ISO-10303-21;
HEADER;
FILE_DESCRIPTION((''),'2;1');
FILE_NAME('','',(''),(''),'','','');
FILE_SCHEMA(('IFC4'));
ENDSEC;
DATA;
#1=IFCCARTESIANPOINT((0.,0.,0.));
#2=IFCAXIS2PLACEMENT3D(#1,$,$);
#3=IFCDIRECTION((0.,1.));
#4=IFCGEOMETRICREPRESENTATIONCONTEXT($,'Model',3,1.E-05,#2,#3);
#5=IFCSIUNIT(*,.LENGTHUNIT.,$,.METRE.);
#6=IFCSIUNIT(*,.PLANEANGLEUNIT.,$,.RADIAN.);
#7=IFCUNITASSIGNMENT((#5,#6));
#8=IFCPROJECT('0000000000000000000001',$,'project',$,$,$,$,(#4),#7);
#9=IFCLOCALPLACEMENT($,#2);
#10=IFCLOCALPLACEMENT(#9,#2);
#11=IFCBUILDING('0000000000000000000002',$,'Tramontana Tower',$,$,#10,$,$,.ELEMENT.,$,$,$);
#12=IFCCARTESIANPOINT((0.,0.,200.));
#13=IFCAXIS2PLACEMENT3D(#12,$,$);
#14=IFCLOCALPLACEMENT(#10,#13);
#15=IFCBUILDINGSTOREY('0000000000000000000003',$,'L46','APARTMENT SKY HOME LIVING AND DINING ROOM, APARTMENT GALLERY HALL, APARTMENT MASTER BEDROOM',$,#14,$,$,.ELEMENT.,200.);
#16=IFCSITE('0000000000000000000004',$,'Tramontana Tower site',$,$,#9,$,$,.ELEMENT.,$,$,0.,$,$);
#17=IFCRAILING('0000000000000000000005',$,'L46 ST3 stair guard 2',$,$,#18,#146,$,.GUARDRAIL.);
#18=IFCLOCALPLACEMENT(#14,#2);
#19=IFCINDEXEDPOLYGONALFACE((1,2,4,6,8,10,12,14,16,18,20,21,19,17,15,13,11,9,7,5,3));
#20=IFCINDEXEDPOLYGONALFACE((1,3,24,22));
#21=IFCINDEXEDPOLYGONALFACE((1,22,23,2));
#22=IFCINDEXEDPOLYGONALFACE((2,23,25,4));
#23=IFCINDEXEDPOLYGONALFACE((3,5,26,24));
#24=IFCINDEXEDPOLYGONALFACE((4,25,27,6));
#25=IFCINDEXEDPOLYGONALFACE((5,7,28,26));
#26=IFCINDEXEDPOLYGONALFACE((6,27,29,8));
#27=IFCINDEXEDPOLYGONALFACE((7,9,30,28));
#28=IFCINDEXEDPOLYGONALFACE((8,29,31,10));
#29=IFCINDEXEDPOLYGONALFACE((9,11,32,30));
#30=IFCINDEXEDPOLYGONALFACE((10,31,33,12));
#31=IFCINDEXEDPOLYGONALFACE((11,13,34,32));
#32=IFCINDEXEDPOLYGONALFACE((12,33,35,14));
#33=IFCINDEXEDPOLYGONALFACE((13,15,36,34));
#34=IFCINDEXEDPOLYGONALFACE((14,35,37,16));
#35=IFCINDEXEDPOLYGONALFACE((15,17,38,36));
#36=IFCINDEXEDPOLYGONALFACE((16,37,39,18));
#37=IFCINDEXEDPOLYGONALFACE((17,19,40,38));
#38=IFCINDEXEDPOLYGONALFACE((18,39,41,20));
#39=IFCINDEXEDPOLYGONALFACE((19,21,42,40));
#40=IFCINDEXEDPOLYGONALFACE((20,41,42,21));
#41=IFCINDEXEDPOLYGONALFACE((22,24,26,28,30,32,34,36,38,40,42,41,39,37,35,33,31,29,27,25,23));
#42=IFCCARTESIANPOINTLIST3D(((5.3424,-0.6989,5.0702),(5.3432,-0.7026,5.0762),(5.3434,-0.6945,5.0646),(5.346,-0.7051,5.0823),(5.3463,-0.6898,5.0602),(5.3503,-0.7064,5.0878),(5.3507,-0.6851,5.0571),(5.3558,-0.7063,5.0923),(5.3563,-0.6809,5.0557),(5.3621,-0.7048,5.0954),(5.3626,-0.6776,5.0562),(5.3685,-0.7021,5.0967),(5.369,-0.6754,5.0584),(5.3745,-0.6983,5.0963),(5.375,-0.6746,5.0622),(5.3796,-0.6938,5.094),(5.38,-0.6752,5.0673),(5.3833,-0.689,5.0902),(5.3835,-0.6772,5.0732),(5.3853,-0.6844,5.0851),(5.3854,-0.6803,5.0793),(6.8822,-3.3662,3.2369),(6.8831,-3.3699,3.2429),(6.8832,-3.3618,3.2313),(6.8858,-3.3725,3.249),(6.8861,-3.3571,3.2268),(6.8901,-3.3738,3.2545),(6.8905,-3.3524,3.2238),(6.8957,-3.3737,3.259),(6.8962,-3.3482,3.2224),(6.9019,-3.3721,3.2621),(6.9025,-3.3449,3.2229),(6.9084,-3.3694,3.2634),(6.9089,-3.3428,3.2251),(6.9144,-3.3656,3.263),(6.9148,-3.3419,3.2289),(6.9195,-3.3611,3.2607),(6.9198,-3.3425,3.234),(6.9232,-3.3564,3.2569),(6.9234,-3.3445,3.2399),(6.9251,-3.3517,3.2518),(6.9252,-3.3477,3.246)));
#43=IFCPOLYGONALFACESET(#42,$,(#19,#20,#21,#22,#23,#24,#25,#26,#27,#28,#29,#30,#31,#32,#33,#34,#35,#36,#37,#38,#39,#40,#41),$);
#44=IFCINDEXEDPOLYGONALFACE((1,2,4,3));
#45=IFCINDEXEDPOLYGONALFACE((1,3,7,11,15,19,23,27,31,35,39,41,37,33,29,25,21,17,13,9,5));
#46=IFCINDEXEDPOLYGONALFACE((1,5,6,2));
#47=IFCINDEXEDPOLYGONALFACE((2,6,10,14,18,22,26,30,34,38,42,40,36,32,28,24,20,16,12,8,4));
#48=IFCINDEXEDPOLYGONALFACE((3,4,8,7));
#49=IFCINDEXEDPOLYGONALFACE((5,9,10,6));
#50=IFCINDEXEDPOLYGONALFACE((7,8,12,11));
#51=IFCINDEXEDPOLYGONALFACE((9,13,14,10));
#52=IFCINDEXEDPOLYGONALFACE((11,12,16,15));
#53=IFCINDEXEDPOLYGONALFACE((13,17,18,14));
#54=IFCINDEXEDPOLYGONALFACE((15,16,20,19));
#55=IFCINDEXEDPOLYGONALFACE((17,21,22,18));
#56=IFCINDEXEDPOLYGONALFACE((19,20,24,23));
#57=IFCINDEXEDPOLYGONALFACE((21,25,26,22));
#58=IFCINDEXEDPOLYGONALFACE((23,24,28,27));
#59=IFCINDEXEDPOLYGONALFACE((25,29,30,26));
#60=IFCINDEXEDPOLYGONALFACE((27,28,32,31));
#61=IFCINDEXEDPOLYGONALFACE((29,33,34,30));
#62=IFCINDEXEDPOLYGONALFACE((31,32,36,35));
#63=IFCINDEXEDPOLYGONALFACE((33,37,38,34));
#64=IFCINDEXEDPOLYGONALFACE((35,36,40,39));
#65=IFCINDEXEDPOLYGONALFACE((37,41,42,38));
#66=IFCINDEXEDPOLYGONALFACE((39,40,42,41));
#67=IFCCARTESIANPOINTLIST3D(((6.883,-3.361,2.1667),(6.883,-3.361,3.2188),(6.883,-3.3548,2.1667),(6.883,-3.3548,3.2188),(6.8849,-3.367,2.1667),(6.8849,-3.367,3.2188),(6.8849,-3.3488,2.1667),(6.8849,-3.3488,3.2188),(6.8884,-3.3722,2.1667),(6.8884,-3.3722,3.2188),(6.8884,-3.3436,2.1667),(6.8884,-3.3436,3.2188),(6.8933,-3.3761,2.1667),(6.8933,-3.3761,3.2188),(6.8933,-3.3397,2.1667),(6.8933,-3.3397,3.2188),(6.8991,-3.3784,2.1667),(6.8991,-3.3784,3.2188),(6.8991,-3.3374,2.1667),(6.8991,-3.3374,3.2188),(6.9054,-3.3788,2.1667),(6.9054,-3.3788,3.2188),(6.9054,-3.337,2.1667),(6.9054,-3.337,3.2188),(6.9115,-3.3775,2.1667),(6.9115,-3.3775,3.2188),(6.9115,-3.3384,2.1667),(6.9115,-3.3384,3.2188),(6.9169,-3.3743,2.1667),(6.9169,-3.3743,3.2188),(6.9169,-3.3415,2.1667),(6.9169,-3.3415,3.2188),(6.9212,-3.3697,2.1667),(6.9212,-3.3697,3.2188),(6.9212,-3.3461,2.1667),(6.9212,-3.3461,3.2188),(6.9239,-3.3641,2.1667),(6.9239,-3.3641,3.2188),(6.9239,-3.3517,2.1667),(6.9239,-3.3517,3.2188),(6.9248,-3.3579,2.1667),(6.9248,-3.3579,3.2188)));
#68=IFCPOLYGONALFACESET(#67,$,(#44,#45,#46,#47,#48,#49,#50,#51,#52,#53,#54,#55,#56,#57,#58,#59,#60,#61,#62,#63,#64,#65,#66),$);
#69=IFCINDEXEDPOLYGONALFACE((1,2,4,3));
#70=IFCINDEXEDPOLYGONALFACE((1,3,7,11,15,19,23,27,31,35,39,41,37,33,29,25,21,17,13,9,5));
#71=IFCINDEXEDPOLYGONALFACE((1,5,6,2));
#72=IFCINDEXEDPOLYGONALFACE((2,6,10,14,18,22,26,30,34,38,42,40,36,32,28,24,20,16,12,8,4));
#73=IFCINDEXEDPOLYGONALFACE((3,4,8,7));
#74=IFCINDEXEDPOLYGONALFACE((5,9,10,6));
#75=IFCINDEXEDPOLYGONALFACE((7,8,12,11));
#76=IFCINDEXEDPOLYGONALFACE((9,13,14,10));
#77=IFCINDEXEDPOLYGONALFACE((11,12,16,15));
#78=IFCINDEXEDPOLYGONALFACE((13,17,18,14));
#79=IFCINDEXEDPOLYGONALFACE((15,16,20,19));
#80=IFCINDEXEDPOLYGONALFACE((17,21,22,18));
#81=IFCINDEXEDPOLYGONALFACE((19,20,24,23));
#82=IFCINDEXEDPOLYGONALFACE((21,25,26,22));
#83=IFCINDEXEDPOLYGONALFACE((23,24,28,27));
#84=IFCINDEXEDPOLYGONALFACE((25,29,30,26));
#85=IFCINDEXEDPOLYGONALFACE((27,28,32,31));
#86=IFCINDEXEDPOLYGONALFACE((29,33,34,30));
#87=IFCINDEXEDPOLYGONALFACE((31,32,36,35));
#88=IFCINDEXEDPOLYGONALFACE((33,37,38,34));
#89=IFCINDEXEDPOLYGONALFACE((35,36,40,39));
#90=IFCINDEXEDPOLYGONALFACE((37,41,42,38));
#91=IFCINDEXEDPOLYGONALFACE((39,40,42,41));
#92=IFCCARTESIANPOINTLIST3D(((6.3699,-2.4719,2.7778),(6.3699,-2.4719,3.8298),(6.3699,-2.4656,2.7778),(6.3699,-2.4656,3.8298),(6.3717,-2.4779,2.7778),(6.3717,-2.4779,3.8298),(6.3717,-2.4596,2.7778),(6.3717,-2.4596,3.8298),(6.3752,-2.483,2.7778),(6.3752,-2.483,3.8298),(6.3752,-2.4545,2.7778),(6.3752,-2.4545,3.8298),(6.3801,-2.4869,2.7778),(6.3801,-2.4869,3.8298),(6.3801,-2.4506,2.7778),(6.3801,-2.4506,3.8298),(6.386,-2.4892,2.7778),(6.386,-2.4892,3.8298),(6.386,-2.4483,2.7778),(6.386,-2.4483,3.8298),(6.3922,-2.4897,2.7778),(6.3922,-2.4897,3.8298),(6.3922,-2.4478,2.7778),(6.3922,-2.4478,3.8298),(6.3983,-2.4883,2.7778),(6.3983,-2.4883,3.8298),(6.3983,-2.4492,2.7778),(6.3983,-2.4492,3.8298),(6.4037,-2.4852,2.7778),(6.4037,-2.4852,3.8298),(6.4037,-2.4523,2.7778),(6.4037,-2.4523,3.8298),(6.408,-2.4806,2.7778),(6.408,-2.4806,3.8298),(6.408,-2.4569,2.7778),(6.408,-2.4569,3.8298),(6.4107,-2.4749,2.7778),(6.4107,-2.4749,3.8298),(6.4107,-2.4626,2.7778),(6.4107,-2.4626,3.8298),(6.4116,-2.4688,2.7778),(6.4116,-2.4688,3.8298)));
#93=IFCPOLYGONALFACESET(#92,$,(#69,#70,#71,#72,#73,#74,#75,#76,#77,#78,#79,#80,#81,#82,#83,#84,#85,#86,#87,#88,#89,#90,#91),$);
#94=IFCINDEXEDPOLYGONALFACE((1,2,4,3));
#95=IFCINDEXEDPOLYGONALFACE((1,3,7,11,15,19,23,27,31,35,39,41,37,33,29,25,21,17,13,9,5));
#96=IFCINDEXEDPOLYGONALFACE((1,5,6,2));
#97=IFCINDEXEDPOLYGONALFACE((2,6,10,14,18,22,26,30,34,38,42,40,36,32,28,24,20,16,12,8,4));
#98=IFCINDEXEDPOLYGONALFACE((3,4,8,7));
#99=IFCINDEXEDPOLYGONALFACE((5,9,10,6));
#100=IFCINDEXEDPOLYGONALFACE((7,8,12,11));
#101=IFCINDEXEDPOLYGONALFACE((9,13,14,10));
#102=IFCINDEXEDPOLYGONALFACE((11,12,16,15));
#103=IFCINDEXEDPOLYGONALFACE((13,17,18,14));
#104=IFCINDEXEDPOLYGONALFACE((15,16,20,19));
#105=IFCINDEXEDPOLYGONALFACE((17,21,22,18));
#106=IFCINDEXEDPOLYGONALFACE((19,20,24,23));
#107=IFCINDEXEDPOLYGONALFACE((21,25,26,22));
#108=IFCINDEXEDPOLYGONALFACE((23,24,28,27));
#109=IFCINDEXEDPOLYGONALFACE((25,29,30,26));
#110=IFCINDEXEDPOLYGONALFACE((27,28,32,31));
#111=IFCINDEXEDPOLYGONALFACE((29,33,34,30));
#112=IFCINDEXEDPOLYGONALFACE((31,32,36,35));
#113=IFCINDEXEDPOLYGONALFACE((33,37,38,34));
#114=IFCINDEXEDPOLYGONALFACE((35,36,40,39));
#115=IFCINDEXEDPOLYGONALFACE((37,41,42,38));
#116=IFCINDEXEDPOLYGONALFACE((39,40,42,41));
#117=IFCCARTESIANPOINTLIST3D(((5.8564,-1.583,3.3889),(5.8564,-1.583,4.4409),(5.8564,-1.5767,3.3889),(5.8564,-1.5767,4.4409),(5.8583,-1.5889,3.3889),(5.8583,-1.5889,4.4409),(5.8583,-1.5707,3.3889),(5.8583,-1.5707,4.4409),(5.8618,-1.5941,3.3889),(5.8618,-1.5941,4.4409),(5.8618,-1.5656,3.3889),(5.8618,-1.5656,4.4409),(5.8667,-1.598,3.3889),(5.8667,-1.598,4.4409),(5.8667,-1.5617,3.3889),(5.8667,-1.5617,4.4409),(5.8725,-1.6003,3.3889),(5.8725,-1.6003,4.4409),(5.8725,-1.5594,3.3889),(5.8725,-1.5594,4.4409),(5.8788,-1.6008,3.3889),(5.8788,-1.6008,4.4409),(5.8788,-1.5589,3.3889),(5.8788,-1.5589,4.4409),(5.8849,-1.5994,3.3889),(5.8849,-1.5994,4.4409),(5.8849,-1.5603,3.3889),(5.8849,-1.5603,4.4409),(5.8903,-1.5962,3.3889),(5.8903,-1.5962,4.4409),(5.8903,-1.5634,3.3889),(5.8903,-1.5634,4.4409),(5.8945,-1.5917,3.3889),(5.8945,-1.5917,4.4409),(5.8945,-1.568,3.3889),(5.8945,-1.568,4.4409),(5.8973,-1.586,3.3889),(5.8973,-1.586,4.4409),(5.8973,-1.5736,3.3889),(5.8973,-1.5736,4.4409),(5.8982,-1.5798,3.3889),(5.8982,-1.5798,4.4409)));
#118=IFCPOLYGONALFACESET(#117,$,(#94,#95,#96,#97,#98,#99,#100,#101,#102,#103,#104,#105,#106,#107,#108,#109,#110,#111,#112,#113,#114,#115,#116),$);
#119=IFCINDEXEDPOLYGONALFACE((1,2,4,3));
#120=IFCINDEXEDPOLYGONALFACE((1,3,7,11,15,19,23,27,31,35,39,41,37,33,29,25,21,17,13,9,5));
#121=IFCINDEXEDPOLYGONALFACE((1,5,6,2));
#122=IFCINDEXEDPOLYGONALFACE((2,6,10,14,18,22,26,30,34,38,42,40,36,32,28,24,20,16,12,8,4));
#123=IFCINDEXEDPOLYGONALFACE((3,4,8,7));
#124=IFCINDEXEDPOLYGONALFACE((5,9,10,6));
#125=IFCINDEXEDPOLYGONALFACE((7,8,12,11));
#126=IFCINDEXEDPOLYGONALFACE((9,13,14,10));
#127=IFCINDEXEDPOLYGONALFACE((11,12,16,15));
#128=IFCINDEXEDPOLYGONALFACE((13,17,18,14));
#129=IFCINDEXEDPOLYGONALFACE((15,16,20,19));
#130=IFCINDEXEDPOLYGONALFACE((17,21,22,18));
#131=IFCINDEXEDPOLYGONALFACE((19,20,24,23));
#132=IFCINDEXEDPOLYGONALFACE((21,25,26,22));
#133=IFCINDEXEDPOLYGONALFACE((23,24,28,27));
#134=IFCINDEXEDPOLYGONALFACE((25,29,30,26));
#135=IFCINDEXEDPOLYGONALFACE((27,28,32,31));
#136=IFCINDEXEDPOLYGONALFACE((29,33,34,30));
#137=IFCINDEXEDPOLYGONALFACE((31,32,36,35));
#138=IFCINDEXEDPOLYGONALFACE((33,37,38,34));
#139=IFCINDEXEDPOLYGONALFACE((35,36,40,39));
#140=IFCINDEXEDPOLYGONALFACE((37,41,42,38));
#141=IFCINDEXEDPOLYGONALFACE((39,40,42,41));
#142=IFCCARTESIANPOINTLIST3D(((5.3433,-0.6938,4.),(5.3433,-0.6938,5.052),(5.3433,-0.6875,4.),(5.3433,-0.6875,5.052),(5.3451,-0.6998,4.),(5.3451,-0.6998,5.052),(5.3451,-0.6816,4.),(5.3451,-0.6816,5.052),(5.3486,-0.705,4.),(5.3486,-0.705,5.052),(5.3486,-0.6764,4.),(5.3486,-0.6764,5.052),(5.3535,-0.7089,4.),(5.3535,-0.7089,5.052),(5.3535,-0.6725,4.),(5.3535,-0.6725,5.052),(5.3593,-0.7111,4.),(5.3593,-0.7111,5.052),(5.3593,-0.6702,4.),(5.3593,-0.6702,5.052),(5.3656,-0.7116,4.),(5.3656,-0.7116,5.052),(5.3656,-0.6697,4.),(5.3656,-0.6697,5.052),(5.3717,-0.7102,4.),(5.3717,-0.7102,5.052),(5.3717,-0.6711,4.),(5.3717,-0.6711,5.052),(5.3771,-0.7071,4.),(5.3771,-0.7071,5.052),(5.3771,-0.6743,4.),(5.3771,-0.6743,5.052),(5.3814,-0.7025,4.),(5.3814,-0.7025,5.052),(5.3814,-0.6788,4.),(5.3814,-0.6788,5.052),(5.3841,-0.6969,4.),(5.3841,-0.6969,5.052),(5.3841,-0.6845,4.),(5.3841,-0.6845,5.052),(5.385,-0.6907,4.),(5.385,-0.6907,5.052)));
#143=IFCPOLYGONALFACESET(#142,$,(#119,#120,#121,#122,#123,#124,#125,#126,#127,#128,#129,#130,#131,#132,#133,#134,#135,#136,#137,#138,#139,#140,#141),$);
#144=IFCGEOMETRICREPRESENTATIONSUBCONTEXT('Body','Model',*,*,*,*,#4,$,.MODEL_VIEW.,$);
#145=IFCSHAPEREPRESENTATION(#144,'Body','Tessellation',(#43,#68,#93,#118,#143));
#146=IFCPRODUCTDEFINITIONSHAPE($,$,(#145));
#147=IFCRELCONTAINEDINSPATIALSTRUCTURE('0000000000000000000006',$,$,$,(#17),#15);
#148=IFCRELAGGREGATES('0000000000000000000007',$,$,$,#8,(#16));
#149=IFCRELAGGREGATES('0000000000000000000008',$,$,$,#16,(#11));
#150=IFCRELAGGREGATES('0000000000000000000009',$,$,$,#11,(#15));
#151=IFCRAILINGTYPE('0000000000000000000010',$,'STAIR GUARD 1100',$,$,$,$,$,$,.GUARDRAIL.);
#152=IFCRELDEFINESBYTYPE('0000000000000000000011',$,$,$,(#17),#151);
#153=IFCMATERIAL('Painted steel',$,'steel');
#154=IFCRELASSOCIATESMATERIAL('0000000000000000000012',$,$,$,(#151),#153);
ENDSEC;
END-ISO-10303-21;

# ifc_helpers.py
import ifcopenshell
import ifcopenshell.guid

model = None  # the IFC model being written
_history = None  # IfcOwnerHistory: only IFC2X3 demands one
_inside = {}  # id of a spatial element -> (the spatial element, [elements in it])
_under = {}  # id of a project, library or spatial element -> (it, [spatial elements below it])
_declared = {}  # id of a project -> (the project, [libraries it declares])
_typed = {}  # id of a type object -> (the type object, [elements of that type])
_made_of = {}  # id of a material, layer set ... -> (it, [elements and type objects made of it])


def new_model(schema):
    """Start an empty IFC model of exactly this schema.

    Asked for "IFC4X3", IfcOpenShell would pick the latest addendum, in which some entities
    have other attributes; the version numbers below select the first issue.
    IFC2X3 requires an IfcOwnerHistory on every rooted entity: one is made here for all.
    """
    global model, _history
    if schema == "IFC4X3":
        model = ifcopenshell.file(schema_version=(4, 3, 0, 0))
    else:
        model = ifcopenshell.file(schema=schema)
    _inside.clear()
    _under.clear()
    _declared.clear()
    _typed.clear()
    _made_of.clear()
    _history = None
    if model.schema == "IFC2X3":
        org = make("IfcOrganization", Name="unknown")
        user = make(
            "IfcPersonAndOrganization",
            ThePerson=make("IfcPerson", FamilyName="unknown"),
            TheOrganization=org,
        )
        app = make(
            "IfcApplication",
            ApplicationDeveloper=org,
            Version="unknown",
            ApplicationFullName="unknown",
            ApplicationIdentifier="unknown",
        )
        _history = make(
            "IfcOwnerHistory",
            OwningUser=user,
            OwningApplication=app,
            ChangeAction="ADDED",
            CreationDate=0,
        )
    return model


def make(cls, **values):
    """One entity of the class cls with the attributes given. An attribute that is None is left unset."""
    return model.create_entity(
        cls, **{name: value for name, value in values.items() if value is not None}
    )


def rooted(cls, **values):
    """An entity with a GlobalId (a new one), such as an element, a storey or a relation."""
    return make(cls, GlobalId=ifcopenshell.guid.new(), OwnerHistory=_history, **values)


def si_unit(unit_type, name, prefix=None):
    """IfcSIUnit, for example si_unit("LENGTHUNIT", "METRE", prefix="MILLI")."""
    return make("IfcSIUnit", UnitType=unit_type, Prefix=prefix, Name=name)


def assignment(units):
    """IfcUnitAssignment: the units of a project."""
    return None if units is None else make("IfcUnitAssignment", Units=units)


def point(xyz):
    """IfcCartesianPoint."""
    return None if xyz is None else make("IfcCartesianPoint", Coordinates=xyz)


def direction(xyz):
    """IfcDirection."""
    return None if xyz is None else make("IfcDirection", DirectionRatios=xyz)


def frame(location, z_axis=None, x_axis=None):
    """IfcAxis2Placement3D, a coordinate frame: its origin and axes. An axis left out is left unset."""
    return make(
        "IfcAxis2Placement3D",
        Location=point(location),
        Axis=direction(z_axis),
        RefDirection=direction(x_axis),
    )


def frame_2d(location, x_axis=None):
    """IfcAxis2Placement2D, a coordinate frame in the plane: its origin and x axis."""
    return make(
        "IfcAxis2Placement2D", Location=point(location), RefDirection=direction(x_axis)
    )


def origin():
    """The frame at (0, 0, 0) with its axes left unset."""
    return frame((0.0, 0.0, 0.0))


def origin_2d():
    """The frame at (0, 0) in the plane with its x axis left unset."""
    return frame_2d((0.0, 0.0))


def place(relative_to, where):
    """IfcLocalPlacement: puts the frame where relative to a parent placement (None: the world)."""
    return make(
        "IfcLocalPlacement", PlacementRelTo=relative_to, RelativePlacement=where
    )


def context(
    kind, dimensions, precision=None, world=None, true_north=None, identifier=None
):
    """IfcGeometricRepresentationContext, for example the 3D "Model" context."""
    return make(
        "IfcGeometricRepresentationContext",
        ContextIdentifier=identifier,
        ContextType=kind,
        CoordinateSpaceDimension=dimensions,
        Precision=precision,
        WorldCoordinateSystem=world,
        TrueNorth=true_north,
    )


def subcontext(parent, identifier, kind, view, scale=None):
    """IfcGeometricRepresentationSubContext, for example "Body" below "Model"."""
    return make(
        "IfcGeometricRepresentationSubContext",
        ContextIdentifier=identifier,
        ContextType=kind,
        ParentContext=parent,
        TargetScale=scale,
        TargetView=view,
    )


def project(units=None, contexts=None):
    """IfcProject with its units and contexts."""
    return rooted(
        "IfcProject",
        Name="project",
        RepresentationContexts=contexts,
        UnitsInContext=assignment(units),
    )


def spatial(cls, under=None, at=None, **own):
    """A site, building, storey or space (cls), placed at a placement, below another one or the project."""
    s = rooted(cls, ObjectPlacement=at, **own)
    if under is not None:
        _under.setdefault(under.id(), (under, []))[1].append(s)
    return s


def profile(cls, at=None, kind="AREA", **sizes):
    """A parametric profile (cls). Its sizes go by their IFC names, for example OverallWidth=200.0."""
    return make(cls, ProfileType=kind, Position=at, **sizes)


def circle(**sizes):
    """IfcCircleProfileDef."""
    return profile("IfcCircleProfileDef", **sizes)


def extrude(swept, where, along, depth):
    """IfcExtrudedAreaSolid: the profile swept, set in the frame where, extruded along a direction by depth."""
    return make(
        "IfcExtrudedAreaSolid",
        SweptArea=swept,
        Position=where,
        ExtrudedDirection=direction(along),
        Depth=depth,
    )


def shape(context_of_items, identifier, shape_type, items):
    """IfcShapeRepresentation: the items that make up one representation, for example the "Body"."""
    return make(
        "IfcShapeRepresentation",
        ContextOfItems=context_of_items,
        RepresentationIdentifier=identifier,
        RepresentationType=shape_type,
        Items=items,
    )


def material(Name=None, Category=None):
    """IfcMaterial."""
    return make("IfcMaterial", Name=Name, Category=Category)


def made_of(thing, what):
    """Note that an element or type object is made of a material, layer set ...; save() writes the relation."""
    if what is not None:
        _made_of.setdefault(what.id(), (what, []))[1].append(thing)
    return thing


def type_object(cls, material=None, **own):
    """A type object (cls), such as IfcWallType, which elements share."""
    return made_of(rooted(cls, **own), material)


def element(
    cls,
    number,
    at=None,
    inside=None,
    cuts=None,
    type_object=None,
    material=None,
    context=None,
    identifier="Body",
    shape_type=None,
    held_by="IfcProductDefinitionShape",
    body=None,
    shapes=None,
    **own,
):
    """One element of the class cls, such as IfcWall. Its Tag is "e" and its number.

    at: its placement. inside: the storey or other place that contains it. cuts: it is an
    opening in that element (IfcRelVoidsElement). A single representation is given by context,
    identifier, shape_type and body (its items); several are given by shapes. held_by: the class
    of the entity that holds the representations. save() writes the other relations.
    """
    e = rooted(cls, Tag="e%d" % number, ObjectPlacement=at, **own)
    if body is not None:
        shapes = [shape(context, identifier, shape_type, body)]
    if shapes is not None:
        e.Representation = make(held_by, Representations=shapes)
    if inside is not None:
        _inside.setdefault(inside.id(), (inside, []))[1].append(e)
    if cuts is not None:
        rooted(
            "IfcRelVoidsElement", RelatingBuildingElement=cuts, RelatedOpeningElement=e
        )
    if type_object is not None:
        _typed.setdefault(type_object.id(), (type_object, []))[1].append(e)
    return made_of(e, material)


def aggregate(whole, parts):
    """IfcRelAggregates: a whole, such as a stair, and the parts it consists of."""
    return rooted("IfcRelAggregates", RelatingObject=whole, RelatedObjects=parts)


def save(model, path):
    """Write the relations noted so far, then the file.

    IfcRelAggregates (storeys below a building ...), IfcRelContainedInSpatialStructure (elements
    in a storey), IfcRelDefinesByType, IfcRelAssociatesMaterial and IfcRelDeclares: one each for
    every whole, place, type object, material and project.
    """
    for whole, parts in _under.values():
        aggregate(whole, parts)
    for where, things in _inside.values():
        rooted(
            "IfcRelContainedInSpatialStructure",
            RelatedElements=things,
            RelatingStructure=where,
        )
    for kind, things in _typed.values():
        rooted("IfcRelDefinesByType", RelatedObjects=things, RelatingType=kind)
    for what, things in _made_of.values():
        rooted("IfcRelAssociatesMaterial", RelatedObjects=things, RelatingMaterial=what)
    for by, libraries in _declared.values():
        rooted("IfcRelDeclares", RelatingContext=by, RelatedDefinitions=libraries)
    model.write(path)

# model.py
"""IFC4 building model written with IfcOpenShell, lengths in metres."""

from ifc_helpers import new_model, si_unit, direction, frame, origin, origin_2d, place, context, subcontext, project, spatial, circle, extrude, material, type_object, element, save


model = new_model("IFC4")

# Units and contexts
model_context = context("Model", 3, precision=1e-05, world=origin(), true_north=direction((0.0, 1.0)))
body_context = subcontext(model_context, "Body", "Model", "MODEL_VIEW")
ifc_project = project(units=[si_unit("LENGTHUNIT", "METRE"), si_unit("PLANEANGLEUNIT", "RADIAN")], contexts=[model_context])

# Site, building, storey
site_placement = place(None, origin())
site = spatial("IfcSite", under=ifc_project, at=site_placement, Name="Tramontana Tower site", CompositionType="ELEMENT", RefElevation=0.0)
building_placement = place(site_placement, origin())
building = spatial("IfcBuilding", under=site, at=building_placement, Name="Tramontana Tower", CompositionType="ELEMENT")
storey_placement = place(building_placement, frame((0.0, 0.0, 200.0)))
storey = spatial("IfcBuildingStorey", under=building, at=storey_placement, Name="L46", Description="APARTMENT SKY HOME LIVING AND DINING ROOM, APARTMENT GALLERY HALL, APARTMENT MASTER BEDROOM", CompositionType="ELEMENT", Elevation=200.0)

# Railing
ifc_material_1 = material(Name="Painted steel", Category="steel")
railing_type_1 = type_object("IfcRailingType", Name="STAIR GUARD 1100", PredefinedType="GUARDRAIL", material=ifc_material_1)
railing_1_placement = place(storey_placement, frame((6.9038, -3.3579, 2.1667)))
element("IfcRailing", 1, at=railing_1_placement, inside=storey, type_object=railing_type_1, Name="L46 ST3 stair guard 2", PredefinedType="GUARDRAIL", context=body_context, shape_type="SweptSolid", body=[
    extrude(circle(Radius=0.0239, at=origin_2d()), frame((0.0, 0.0, 1.0762), z_axis=(-0.429616, 0.744181, 0.511493), x_axis=(-0.866044, -0.499967, 0.0)), (0.0, 0.0, 1.0), 3.5842),
    extrude(circle(Radius=0.021, at=origin_2d()), origin(), (0.0, 0.0, 1.0), 1.052),
    extrude(circle(Radius=0.021, at=origin_2d()), frame((-0.5132, 0.8892, 0.6111)), (0.0, 0.0, 1.0), 1.052),
    extrude(circle(Radius=0.021, at=origin_2d()), frame((-1.0266, 1.7781, 1.2222)), (0.0, 0.0, 1.0), 1.052),
    extrude(circle(Radius=0.021, at=origin_2d()), frame((-1.5398, 2.6672, 1.8333)), (0.0, 0.0, 1.0), 1.052),
])

save(model, "model.ifc")
